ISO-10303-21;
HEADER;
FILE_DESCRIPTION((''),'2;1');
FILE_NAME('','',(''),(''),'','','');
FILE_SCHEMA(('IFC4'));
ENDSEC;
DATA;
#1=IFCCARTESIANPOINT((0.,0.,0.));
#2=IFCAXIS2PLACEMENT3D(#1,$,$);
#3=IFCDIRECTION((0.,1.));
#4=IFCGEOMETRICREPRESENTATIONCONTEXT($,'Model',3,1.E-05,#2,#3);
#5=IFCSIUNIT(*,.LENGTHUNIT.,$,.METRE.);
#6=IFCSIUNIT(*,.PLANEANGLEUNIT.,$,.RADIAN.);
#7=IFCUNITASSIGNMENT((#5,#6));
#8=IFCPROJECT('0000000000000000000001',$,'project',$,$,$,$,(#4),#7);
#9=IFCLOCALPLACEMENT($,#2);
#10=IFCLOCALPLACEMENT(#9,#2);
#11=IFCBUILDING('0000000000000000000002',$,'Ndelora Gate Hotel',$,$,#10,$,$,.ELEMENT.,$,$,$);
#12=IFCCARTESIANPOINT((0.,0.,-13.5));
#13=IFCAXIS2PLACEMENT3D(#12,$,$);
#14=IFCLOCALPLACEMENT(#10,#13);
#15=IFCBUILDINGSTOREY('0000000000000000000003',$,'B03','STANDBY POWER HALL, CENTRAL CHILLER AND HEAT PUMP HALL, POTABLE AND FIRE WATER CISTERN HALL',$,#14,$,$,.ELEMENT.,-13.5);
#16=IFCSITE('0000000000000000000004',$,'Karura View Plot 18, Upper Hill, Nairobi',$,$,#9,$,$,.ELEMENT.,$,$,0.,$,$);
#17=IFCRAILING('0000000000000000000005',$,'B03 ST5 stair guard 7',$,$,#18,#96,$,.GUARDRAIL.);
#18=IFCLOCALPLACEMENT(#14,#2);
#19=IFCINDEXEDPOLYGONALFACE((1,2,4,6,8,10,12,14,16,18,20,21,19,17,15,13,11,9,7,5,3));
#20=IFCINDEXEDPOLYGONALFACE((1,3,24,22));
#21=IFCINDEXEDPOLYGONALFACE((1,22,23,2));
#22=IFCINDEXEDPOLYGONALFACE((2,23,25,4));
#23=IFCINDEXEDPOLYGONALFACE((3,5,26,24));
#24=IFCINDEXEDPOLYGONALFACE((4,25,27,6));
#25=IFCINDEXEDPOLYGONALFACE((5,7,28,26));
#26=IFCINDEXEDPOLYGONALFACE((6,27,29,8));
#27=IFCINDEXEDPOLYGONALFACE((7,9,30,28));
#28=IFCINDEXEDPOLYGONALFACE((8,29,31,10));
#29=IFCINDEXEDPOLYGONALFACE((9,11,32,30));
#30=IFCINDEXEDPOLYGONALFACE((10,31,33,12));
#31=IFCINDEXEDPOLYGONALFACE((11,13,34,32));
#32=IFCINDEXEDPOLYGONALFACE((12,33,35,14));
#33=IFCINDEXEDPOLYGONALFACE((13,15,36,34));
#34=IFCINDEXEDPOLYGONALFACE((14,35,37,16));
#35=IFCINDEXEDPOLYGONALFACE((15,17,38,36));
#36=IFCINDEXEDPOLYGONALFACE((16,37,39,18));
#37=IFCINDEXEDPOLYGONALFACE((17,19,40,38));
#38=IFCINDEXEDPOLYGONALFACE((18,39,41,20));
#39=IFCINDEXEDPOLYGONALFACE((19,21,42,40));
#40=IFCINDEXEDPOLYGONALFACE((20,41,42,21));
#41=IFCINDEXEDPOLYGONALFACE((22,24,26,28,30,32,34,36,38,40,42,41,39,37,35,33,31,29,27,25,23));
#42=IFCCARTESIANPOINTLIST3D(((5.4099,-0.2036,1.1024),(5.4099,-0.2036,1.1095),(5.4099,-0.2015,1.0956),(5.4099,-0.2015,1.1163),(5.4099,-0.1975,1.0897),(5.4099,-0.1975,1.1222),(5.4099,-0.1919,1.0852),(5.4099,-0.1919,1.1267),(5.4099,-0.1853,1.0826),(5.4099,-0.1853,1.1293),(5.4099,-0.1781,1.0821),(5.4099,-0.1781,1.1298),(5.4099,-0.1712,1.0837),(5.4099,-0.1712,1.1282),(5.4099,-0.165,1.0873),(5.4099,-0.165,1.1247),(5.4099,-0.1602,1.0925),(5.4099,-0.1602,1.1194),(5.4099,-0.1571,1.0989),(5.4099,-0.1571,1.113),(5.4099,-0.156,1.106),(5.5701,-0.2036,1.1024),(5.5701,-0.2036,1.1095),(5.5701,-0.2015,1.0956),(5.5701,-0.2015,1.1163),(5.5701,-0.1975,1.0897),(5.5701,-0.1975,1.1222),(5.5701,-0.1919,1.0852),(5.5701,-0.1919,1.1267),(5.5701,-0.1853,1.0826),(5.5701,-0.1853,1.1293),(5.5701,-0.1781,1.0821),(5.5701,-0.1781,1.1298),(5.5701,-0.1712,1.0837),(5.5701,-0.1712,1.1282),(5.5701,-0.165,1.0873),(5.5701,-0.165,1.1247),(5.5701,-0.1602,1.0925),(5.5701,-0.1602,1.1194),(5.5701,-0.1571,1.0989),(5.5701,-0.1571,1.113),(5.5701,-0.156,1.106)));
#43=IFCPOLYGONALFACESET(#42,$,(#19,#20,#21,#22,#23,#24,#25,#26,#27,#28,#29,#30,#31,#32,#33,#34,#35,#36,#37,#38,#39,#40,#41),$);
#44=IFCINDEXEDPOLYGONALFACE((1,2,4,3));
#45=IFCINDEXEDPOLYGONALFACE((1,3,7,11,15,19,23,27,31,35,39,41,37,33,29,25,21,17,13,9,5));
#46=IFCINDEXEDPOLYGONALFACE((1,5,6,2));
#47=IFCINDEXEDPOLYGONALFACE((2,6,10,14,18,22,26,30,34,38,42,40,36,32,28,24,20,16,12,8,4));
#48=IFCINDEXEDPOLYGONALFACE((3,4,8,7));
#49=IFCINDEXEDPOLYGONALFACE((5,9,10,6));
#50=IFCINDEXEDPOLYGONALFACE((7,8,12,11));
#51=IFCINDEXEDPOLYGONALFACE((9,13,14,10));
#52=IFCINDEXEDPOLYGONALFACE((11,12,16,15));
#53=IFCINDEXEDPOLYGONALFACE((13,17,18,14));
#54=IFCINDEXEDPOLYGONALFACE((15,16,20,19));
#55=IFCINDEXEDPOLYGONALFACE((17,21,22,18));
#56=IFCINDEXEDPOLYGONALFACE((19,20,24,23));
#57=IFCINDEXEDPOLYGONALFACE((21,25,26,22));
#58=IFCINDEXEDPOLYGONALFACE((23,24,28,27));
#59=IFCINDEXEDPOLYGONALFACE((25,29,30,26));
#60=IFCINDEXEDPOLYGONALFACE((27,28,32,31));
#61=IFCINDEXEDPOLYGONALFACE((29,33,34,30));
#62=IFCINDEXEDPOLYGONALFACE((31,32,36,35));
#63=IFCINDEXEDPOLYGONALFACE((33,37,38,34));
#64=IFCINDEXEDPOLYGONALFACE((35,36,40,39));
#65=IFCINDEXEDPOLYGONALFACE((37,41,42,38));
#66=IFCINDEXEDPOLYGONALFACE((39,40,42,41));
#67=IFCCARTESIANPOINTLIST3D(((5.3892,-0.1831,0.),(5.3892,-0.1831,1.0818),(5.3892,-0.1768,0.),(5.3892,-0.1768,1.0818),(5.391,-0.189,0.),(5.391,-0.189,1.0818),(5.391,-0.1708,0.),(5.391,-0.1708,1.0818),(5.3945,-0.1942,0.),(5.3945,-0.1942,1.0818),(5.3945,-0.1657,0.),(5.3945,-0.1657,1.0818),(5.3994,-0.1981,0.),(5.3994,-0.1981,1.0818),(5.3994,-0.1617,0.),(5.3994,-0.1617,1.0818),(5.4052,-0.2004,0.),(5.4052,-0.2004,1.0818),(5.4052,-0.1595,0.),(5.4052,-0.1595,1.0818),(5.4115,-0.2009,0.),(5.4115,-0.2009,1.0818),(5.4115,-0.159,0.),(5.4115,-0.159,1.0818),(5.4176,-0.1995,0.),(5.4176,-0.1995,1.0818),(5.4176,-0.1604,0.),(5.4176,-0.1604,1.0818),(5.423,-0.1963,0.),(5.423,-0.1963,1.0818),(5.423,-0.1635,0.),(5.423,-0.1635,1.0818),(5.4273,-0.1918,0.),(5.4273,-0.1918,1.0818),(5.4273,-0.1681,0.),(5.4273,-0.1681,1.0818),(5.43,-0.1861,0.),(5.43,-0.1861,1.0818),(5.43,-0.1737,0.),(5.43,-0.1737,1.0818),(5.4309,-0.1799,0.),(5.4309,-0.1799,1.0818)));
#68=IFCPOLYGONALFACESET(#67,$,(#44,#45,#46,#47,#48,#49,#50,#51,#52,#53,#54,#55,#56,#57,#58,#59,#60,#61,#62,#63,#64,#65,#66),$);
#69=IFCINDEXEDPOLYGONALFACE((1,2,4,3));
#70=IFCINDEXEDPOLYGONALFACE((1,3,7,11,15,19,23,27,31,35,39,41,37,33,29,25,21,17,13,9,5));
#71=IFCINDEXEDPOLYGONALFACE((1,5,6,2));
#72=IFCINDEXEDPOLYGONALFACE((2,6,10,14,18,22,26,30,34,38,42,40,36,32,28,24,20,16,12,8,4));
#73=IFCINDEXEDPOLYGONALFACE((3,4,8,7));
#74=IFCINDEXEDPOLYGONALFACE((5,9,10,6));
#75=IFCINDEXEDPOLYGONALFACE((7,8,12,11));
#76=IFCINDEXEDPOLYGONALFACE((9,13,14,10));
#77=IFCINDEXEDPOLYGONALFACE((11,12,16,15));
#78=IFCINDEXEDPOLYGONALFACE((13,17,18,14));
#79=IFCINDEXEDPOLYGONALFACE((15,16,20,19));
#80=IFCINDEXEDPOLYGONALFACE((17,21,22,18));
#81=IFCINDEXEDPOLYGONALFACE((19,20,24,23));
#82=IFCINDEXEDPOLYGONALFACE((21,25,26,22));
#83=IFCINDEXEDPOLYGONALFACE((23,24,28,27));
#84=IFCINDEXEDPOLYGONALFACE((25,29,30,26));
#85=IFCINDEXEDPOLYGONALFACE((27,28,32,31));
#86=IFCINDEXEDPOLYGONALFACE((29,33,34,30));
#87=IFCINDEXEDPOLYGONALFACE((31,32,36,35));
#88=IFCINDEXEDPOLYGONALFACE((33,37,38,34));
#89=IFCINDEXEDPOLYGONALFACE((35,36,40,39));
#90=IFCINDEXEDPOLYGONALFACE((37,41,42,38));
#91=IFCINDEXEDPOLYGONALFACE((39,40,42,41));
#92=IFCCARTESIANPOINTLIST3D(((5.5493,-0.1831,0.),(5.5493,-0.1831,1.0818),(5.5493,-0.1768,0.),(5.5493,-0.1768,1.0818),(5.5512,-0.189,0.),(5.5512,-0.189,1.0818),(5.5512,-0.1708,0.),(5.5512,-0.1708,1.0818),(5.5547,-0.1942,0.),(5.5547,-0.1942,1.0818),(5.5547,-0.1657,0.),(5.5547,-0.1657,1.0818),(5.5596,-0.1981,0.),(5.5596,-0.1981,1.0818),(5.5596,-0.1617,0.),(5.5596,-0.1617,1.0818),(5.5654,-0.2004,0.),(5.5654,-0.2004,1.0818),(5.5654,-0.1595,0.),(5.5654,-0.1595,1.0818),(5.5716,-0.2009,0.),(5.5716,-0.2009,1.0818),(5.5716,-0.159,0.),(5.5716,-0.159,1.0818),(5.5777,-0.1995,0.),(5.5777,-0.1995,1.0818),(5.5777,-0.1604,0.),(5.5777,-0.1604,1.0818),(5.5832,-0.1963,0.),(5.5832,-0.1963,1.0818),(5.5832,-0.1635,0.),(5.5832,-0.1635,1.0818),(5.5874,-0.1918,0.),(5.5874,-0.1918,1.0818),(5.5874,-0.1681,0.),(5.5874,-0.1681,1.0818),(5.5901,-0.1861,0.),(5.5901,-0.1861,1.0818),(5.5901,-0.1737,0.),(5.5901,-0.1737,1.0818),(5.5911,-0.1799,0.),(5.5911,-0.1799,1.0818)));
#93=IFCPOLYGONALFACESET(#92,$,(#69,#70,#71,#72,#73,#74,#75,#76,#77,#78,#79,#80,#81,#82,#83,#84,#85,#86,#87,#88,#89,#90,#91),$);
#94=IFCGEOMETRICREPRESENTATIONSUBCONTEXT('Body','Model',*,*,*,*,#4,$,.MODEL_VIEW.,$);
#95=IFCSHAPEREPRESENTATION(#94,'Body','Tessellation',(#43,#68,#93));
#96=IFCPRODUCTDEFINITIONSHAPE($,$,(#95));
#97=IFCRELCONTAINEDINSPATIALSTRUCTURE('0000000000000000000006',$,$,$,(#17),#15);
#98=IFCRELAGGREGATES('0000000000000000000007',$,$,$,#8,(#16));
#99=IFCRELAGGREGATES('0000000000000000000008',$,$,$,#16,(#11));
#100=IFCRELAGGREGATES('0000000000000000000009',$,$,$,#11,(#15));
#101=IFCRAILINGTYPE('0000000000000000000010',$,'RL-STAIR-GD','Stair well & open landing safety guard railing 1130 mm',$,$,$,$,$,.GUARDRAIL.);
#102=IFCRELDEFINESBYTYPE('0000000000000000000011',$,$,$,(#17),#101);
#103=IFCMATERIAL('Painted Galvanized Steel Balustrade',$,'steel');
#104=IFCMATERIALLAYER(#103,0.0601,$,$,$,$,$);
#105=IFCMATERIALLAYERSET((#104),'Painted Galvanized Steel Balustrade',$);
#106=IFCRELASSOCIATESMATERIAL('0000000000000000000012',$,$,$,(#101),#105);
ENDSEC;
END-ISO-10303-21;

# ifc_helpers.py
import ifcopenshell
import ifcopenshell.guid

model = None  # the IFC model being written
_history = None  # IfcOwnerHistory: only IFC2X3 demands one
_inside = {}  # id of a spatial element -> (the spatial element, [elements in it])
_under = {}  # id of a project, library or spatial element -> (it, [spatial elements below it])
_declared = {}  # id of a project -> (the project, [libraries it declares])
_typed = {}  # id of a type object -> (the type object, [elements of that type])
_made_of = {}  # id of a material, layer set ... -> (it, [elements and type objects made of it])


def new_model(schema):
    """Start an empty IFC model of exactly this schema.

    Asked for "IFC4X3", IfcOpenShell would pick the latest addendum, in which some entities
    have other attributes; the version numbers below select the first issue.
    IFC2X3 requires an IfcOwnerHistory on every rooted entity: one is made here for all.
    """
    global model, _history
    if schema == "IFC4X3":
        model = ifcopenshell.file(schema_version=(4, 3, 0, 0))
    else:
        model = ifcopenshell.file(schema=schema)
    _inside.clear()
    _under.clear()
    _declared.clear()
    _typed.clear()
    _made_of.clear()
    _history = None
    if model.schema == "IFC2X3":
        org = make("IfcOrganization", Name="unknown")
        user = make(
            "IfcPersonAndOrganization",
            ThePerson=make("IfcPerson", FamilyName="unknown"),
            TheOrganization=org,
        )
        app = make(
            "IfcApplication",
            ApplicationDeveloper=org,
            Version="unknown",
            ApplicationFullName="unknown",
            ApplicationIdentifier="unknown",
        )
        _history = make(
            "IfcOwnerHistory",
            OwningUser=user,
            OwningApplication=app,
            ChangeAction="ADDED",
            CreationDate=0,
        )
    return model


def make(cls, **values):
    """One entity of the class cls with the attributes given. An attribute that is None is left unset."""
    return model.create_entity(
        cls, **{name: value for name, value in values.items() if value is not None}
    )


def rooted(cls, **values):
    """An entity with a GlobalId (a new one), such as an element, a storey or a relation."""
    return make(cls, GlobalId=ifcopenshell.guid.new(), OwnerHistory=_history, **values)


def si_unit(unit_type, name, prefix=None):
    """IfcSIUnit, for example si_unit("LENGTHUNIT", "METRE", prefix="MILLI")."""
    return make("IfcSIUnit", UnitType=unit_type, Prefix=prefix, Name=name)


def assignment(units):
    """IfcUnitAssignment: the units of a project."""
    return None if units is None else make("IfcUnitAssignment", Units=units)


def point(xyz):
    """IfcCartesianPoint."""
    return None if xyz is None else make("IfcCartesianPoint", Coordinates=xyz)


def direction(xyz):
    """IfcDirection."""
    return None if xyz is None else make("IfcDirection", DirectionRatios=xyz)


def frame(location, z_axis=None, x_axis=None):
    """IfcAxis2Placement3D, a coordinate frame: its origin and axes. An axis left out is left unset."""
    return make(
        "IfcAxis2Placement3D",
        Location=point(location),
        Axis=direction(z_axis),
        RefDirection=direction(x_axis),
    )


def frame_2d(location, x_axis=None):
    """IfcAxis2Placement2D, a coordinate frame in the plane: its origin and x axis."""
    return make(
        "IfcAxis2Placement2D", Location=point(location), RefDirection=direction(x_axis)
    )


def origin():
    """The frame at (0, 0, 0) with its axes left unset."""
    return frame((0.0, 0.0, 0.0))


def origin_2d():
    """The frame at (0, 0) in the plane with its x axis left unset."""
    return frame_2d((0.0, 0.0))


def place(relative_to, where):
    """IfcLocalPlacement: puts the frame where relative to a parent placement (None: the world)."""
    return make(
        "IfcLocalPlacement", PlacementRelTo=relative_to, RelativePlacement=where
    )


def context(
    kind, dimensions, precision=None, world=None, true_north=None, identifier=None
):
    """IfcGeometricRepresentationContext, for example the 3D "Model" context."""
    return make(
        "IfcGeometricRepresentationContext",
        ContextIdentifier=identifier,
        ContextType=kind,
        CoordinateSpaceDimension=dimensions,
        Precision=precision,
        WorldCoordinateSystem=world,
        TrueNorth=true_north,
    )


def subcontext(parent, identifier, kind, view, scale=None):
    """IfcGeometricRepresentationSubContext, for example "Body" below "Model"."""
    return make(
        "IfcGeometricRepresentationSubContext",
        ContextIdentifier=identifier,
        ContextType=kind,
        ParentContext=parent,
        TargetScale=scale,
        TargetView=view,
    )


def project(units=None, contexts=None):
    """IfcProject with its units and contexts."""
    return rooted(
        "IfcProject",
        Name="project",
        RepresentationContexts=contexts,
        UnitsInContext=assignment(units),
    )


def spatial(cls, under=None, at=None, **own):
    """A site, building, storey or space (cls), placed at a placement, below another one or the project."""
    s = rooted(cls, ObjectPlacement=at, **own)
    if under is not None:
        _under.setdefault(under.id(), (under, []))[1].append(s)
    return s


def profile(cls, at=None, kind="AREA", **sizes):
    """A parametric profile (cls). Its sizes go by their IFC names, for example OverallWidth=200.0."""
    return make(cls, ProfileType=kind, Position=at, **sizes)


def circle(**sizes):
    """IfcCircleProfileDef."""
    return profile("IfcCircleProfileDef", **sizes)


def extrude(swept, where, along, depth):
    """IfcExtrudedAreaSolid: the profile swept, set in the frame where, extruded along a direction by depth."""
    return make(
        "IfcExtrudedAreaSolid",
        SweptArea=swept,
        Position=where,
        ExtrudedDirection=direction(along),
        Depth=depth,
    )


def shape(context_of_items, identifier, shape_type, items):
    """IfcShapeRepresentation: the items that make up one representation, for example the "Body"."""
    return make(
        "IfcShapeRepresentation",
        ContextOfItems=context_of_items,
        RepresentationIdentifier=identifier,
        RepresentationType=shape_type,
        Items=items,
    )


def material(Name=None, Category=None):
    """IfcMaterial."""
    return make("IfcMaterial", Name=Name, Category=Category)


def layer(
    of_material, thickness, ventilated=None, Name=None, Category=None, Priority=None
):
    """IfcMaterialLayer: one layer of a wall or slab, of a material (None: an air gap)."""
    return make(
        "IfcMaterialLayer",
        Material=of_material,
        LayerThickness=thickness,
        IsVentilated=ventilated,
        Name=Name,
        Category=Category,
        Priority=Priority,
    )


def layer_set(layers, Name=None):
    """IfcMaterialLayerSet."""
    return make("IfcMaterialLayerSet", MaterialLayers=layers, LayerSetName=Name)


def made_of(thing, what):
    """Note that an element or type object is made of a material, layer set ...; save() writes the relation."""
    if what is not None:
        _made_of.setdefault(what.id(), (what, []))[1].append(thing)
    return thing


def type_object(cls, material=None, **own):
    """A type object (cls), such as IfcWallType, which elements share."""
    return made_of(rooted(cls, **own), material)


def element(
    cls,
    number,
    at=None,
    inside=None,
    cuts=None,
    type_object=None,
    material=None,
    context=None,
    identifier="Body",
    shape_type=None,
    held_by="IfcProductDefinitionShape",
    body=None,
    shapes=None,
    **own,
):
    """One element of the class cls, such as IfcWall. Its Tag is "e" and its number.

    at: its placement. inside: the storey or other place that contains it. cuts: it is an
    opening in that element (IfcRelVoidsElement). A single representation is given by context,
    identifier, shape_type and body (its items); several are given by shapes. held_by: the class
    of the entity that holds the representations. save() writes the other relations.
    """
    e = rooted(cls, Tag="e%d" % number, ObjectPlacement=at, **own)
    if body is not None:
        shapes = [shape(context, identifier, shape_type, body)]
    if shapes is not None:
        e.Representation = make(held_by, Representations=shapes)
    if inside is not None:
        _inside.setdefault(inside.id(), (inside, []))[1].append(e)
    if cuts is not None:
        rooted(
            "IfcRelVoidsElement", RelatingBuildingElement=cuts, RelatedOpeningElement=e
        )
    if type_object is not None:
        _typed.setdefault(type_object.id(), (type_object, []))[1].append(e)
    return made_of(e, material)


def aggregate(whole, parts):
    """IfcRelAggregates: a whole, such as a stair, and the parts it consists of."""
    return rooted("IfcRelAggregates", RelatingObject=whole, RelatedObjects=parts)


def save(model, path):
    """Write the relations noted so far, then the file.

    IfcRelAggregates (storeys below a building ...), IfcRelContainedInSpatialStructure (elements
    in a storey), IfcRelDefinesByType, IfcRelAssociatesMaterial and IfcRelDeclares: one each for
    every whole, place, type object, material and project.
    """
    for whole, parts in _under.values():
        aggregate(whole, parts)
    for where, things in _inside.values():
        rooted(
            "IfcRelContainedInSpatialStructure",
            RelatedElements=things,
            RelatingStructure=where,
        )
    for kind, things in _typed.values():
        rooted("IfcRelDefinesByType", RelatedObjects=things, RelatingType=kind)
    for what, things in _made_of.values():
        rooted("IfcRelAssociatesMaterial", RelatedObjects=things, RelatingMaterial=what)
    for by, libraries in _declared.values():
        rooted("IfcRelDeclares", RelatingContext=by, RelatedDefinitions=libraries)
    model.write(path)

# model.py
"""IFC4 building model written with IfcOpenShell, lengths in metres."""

from ifc_helpers import new_model, si_unit, direction, frame, origin, origin_2d, place, context, subcontext, project, spatial, circle, extrude, material, layer, layer_set, type_object, element, save


model = new_model("IFC4")

# Units and contexts
model_context = context("Model", 3, precision=1e-05, world=origin(), true_north=direction((0.0, 1.0)))
body_context = subcontext(model_context, "Body", "Model", "MODEL_VIEW")
ifc_project = project(units=[si_unit("LENGTHUNIT", "METRE"), si_unit("PLANEANGLEUNIT", "RADIAN")], contexts=[model_context])

# Site, building, storey
site_placement = place(None, origin())
site = spatial("IfcSite", under=ifc_project, at=site_placement, Name="Karura View Plot 18, Upper Hill, Nairobi", CompositionType="ELEMENT", RefElevation=0.0)
building_placement = place(site_placement, origin())
building = spatial("IfcBuilding", under=site, at=building_placement, Name="Ndelora Gate Hotel", CompositionType="ELEMENT")
storey_placement = place(building_placement, frame((0.0, 0.0, -13.5)))
storey = spatial("IfcBuildingStorey", under=building, at=storey_placement, Name="B03", Description="STANDBY POWER HALL, CENTRAL CHILLER AND HEAT PUMP HALL, POTABLE AND FIRE WATER CISTERN HALL", CompositionType="ELEMENT", Elevation=-13.5)

# Railing
ifc_material_1 = material(Name="Painted Galvanized Steel Balustrade", Category="steel")
ifc_layer_1 = layer(ifc_material_1, 0.0601)
ifc_layer_set_1 = layer_set([ifc_layer_1], Name="Painted Galvanized Steel Balustrade")
railing_type_1 = type_object("IfcRailingType", Name="RL-STAIR-GD", Description="Stair well & open landing safety guard railing 1130 mm", PredefinedType="GUARDRAIL", material=ifc_layer_set_1)
railing_1_placement = place(storey_placement, frame((5.4099, -0.1799, 0.0)))
element("IfcRailing", 1, at=railing_1_placement, inside=storey, type_object=railing_type_1, Name="B03 ST5 stair guard 7", PredefinedType="GUARDRAIL", context=body_context, shape_type="SweptSolid", body=[
    extrude(circle(Radius=0.0239, at=origin_2d()), frame((0.0, 0.0, 1.106), z_axis=(1.0, 0.0, 0.0), x_axis=(0.0, 1.0, 0.0)), (0.0, 0.0, 1.0), 0.1602),
    extrude(circle(Radius=0.021, at=origin_2d()), origin(), (0.0, 0.0, 1.0), 1.0818),
    extrude(circle(Radius=0.021, at=origin_2d()), frame((0.1602, 0.0, 0.0)), (0.0, 0.0, 1.0), 1.0818),
])

save(model, "model.ifc")
